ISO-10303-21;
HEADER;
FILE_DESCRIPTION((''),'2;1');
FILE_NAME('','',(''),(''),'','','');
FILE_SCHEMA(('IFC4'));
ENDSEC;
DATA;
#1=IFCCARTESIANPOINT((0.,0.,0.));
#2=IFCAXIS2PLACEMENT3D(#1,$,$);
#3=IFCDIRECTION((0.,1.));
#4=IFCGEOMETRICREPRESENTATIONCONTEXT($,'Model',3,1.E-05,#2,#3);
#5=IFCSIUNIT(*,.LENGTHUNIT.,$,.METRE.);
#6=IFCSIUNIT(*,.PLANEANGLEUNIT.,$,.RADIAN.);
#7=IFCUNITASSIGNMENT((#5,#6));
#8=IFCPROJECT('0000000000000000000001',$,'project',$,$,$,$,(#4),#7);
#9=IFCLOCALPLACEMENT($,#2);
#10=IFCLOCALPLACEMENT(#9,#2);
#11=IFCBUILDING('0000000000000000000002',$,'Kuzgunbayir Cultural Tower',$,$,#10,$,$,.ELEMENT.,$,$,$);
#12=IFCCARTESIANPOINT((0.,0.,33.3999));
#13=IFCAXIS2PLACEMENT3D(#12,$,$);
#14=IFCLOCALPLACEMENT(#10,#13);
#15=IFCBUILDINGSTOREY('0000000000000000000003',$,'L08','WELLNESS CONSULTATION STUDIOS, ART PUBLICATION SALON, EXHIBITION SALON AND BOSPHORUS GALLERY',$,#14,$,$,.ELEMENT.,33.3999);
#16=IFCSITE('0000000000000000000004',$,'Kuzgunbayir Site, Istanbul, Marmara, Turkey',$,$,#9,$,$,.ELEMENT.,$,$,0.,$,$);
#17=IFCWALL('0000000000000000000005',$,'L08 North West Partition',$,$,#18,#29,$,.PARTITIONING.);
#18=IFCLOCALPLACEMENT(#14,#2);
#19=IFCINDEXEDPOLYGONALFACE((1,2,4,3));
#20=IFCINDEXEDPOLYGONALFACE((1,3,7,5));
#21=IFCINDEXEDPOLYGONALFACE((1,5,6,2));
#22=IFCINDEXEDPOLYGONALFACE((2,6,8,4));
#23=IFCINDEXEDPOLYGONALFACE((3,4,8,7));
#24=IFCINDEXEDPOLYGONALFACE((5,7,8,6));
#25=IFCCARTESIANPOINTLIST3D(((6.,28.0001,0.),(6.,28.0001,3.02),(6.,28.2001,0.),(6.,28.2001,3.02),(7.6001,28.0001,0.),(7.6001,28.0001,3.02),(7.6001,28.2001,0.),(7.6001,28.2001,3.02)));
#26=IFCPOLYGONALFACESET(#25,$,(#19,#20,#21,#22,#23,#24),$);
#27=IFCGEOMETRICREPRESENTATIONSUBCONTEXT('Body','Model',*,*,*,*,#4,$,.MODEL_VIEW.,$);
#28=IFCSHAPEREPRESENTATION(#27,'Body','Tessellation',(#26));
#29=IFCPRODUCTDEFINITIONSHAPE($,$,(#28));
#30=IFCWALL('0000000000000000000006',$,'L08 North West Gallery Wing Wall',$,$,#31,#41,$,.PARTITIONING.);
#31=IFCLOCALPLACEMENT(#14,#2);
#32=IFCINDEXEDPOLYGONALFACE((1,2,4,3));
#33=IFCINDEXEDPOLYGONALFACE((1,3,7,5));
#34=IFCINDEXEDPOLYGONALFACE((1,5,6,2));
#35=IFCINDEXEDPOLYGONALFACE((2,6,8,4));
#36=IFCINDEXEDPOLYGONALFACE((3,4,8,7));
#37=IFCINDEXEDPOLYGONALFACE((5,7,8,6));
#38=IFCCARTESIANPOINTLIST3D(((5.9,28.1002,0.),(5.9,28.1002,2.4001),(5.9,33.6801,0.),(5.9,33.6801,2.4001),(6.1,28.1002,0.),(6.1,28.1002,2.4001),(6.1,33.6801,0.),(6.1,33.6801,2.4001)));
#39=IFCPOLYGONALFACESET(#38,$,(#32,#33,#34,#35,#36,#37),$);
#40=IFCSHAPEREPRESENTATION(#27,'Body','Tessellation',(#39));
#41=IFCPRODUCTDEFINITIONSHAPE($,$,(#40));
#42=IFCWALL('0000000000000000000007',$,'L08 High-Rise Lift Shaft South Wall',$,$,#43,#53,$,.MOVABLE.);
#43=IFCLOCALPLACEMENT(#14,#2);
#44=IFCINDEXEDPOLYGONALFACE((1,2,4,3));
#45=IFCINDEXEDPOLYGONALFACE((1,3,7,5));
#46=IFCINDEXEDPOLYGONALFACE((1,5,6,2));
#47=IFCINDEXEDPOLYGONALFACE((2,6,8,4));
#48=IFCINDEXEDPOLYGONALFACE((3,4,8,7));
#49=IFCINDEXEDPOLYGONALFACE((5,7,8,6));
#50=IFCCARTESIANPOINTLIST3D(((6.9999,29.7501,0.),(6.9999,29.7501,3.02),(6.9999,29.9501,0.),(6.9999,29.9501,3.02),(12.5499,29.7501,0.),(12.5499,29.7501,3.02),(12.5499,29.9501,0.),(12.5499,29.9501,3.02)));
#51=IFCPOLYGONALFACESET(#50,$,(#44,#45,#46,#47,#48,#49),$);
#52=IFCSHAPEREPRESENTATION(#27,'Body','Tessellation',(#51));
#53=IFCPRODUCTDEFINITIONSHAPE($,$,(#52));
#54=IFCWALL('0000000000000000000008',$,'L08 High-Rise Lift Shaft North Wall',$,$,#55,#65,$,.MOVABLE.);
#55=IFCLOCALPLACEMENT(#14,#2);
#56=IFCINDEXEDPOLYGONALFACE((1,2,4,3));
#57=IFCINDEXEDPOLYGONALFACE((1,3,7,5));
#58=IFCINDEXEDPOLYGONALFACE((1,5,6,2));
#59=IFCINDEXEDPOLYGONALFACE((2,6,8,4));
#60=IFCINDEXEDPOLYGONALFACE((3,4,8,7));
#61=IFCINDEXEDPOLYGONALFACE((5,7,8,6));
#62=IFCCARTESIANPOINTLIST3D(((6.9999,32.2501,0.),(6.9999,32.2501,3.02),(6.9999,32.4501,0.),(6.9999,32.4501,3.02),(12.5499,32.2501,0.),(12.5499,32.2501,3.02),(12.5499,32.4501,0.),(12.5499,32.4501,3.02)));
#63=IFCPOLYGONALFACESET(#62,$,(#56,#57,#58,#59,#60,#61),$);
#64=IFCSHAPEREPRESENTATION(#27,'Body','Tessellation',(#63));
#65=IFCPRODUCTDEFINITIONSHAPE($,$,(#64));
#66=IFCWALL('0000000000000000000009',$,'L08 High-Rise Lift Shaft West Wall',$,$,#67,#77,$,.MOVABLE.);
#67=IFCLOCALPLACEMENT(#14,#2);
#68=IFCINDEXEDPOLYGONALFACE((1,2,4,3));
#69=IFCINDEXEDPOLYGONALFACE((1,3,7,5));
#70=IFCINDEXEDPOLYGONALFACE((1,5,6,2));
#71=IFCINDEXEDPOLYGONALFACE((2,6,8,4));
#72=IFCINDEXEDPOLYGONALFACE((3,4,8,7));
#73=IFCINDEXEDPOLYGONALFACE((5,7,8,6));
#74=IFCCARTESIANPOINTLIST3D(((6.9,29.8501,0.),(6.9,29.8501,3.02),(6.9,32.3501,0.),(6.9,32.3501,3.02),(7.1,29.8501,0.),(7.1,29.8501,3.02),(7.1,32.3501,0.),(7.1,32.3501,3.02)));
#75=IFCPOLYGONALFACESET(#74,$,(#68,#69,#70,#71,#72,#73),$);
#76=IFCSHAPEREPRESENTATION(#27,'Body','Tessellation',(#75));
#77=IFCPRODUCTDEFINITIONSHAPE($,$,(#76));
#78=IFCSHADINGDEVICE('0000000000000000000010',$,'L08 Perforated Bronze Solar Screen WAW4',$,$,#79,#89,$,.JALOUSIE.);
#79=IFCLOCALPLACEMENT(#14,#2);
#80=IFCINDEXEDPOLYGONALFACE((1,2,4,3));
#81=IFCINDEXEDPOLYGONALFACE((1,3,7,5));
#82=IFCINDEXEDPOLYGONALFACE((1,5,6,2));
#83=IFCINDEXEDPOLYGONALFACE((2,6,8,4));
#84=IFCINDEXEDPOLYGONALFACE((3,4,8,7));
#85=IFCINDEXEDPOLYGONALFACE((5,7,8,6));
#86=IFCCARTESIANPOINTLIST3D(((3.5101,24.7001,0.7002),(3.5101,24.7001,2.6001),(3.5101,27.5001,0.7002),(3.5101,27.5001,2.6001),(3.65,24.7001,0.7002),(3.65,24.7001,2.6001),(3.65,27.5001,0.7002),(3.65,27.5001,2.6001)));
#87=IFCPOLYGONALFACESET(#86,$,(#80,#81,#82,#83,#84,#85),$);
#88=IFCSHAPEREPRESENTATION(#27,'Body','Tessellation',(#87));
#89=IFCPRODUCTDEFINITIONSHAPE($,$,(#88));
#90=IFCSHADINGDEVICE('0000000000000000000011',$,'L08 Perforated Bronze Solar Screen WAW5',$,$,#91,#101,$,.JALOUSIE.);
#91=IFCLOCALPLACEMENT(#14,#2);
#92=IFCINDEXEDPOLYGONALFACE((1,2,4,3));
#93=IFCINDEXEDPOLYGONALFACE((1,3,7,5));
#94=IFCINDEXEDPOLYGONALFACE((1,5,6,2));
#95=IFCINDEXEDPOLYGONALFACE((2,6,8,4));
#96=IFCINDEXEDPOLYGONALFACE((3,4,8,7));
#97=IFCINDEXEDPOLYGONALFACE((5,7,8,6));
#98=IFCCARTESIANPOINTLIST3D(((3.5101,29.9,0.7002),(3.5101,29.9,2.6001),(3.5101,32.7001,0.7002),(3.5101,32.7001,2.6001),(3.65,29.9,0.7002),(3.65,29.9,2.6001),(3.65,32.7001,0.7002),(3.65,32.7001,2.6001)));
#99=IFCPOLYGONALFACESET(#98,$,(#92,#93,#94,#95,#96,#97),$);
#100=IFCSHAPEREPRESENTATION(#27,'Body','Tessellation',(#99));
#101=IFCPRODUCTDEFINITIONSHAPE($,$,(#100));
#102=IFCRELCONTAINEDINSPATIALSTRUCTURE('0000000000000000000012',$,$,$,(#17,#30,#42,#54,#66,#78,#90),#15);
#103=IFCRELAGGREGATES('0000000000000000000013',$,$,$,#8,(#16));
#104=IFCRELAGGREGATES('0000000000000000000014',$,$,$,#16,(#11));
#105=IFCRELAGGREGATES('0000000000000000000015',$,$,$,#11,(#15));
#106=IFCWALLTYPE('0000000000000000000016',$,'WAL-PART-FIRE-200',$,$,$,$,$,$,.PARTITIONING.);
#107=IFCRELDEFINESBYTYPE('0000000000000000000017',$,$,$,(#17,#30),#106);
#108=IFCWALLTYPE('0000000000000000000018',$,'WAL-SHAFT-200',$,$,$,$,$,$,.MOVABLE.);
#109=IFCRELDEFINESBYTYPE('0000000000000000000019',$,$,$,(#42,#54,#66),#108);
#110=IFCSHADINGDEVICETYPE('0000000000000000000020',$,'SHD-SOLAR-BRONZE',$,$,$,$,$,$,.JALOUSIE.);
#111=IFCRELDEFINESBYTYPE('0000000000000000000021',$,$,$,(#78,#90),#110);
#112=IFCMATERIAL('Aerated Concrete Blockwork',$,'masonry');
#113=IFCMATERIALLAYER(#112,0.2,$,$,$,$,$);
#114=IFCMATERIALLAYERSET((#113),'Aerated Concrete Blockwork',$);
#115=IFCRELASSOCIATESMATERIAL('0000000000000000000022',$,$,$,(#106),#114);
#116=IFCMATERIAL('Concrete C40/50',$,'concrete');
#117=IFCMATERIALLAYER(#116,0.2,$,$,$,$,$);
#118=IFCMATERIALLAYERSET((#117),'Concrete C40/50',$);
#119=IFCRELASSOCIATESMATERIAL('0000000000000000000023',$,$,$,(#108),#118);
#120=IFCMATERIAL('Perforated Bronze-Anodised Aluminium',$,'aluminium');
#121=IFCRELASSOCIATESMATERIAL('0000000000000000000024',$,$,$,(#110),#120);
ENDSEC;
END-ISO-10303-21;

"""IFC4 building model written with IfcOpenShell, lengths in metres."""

from ifc_helpers import new_model, si_unit, direction, frame, frame_2d, origin, origin_2d, place, context, subcontext, project, spatial, rectangle, extrude, material, layer, layer_set, type_object, element, save


model = new_model("IFC4")

# Units and contexts
model_context = context("Model", 3, precision=1e-05, world=origin(), true_north=direction((0.0, 1.0)))
body_context = subcontext(model_context, "Body", "Model", "MODEL_VIEW")
ifc_project = project(units=[si_unit("LENGTHUNIT", "METRE"), si_unit("PLANEANGLEUNIT", "RADIAN")], contexts=[model_context])

# Site, building, storey
site_placement = place(None, origin())
site = spatial("IfcSite", under=ifc_project, at=site_placement, Name="Kuzgunbayir Site, Istanbul, Marmara, Turkey", CompositionType="ELEMENT", RefElevation=0.0)
building_placement = place(site_placement, origin())
building = spatial("IfcBuilding", under=site, at=building_placement, Name="Kuzgunbayir Cultural Tower", CompositionType="ELEMENT")
storey_placement = place(building_placement, frame((0.0, 0.0, 33.3999)))
storey = spatial("IfcBuildingStorey", under=building, at=storey_placement, Name="L08", Description="WELLNESS CONSULTATION STUDIOS, ART PUBLICATION SALON, EXHIBITION SALON AND BOSPHORUS GALLERY", CompositionType="ELEMENT", Elevation=33.3999)

# Walls
ifc_material_1 = material(Name="Aerated Concrete Blockwork", Category="masonry")
ifc_layer_1 = layer(ifc_material_1, 0.2)
ifc_layer_set_1 = layer_set([ifc_layer_1], Name="Aerated Concrete Blockwork")
wall_type_1 = type_object("IfcWallType", Name="WAL-PART-FIRE-200", PredefinedType="PARTITIONING", material=ifc_layer_set_1)
wall_1_placement = place(storey_placement, frame((6.0, 28.1001, 0.0), z_axis=(0.0, 0.0, 1.0), x_axis=(1.0, 0.0, 0.0)))
element("IfcWall", 1, at=wall_1_placement, inside=storey, type_object=wall_type_1, Name="L08 North West Partition", PredefinedType="PARTITIONING", context=body_context, shape_type="SweptSolid", body=[
    extrude(rectangle(XDim=1.6001, YDim=0.2, at=frame_2d((0.8, 0.0))), origin(), (0.0, 0.0, 1.0), 3.02),
])
wall_2_placement = place(storey_placement, frame((6.0, 28.1001, 0.0), z_axis=(0.0, 0.0, 1.0), x_axis=(0.0, 1.0, 0.0)))
element("IfcWall", 2, at=wall_2_placement, inside=storey, type_object=wall_type_1, Name="L08 North West Gallery Wing Wall", PredefinedType="PARTITIONING", context=body_context, shape_type="SweptSolid", body=[
    extrude(rectangle(XDim=5.5798, YDim=0.2, at=frame_2d((2.79, 0.0))), origin(), (0.0, 0.0, 1.0), 2.4001),
])
ifc_material_2 = material(Name="Concrete C40/50", Category="concrete")
ifc_layer_2 = layer(ifc_material_2, 0.2)
ifc_layer_set_2 = layer_set([ifc_layer_2], Name="Concrete C40/50")
wall_type_2 = type_object("IfcWallType", Name="WAL-SHAFT-200", PredefinedType="MOVABLE", material=ifc_layer_set_2)
for number, where, z_axis, x_axis, name in (
    (3, (7.0, 29.8501, 0.0), (0.0, 0.0, 1.0), (1.0, 0.0, 0.0), "L08 High-Rise Lift Shaft South Wall"),
    (4, (7.0, 32.3501, 0.0), (0.0, 0.0, 1.0), (1.0, 0.0, 0.0), "L08 High-Rise Lift Shaft North Wall"),
):
    element("IfcWall", number, at=place(storey_placement, frame(where, z_axis=z_axis, x_axis=x_axis)), inside=storey, type_object=wall_type_2, Name=name, PredefinedType="MOVABLE", context=body_context, shape_type="SweptSolid", body=[
        extrude(rectangle(XDim=5.55, YDim=0.2, at=frame_2d((2.7749, 0.0))), origin(), (0.0, 0.0, 1.0), 3.02),
    ])
wall_3_placement = place(storey_placement, frame((7.0, 29.8501, 0.0), z_axis=(0.0, 0.0, 1.0), x_axis=(0.0, 1.0, 0.0)))
element("IfcWall", 5, at=wall_3_placement, inside=storey, type_object=wall_type_2, Name="L08 High-Rise Lift Shaft West Wall", PredefinedType="MOVABLE", context=body_context, shape_type="SweptSolid", body=[
    extrude(rectangle(XDim=2.5, YDim=0.2, at=frame_2d((1.25, 0.0))), origin(), (0.0, 0.0, 1.0), 3.02),
])

# Shading devices
ifc_material_3 = material(Name="Perforated Bronze-Anodised Aluminium", Category="aluminium")
shading_device_type = type_object("IfcShadingDeviceType", Name="SHD-SOLAR-BRONZE", PredefinedType="JALOUSIE", material=ifc_material_3)
for number, where, z_axis, x_axis, name in (
    (6, (3.5801, 26.1001, 0.7002), (0.0, 0.0, 1.0), (1.0, 0.0, 0.0), "L08 Perforated Bronze Solar Screen WAW4"),
    (7, (3.5801, 31.3, 0.7002), (0.0, 0.0, 1.0), (1.0, 0.0, 0.0), "L08 Perforated Bronze Solar Screen WAW5"),
):
    element("IfcShadingDevice", number, at=place(storey_placement, frame(where, z_axis=z_axis, x_axis=x_axis)), inside=storey, type_object=shading_device_type, Name=name, PredefinedType="JALOUSIE", context=body_context, shape_type="SweptSolid", body=[
        extrude(rectangle(XDim=0.1399, YDim=2.8, at=origin_2d()), origin(), (0.0, 0.0, 1.0), 1.8999),
    ])

save(model, "model.ifc")
